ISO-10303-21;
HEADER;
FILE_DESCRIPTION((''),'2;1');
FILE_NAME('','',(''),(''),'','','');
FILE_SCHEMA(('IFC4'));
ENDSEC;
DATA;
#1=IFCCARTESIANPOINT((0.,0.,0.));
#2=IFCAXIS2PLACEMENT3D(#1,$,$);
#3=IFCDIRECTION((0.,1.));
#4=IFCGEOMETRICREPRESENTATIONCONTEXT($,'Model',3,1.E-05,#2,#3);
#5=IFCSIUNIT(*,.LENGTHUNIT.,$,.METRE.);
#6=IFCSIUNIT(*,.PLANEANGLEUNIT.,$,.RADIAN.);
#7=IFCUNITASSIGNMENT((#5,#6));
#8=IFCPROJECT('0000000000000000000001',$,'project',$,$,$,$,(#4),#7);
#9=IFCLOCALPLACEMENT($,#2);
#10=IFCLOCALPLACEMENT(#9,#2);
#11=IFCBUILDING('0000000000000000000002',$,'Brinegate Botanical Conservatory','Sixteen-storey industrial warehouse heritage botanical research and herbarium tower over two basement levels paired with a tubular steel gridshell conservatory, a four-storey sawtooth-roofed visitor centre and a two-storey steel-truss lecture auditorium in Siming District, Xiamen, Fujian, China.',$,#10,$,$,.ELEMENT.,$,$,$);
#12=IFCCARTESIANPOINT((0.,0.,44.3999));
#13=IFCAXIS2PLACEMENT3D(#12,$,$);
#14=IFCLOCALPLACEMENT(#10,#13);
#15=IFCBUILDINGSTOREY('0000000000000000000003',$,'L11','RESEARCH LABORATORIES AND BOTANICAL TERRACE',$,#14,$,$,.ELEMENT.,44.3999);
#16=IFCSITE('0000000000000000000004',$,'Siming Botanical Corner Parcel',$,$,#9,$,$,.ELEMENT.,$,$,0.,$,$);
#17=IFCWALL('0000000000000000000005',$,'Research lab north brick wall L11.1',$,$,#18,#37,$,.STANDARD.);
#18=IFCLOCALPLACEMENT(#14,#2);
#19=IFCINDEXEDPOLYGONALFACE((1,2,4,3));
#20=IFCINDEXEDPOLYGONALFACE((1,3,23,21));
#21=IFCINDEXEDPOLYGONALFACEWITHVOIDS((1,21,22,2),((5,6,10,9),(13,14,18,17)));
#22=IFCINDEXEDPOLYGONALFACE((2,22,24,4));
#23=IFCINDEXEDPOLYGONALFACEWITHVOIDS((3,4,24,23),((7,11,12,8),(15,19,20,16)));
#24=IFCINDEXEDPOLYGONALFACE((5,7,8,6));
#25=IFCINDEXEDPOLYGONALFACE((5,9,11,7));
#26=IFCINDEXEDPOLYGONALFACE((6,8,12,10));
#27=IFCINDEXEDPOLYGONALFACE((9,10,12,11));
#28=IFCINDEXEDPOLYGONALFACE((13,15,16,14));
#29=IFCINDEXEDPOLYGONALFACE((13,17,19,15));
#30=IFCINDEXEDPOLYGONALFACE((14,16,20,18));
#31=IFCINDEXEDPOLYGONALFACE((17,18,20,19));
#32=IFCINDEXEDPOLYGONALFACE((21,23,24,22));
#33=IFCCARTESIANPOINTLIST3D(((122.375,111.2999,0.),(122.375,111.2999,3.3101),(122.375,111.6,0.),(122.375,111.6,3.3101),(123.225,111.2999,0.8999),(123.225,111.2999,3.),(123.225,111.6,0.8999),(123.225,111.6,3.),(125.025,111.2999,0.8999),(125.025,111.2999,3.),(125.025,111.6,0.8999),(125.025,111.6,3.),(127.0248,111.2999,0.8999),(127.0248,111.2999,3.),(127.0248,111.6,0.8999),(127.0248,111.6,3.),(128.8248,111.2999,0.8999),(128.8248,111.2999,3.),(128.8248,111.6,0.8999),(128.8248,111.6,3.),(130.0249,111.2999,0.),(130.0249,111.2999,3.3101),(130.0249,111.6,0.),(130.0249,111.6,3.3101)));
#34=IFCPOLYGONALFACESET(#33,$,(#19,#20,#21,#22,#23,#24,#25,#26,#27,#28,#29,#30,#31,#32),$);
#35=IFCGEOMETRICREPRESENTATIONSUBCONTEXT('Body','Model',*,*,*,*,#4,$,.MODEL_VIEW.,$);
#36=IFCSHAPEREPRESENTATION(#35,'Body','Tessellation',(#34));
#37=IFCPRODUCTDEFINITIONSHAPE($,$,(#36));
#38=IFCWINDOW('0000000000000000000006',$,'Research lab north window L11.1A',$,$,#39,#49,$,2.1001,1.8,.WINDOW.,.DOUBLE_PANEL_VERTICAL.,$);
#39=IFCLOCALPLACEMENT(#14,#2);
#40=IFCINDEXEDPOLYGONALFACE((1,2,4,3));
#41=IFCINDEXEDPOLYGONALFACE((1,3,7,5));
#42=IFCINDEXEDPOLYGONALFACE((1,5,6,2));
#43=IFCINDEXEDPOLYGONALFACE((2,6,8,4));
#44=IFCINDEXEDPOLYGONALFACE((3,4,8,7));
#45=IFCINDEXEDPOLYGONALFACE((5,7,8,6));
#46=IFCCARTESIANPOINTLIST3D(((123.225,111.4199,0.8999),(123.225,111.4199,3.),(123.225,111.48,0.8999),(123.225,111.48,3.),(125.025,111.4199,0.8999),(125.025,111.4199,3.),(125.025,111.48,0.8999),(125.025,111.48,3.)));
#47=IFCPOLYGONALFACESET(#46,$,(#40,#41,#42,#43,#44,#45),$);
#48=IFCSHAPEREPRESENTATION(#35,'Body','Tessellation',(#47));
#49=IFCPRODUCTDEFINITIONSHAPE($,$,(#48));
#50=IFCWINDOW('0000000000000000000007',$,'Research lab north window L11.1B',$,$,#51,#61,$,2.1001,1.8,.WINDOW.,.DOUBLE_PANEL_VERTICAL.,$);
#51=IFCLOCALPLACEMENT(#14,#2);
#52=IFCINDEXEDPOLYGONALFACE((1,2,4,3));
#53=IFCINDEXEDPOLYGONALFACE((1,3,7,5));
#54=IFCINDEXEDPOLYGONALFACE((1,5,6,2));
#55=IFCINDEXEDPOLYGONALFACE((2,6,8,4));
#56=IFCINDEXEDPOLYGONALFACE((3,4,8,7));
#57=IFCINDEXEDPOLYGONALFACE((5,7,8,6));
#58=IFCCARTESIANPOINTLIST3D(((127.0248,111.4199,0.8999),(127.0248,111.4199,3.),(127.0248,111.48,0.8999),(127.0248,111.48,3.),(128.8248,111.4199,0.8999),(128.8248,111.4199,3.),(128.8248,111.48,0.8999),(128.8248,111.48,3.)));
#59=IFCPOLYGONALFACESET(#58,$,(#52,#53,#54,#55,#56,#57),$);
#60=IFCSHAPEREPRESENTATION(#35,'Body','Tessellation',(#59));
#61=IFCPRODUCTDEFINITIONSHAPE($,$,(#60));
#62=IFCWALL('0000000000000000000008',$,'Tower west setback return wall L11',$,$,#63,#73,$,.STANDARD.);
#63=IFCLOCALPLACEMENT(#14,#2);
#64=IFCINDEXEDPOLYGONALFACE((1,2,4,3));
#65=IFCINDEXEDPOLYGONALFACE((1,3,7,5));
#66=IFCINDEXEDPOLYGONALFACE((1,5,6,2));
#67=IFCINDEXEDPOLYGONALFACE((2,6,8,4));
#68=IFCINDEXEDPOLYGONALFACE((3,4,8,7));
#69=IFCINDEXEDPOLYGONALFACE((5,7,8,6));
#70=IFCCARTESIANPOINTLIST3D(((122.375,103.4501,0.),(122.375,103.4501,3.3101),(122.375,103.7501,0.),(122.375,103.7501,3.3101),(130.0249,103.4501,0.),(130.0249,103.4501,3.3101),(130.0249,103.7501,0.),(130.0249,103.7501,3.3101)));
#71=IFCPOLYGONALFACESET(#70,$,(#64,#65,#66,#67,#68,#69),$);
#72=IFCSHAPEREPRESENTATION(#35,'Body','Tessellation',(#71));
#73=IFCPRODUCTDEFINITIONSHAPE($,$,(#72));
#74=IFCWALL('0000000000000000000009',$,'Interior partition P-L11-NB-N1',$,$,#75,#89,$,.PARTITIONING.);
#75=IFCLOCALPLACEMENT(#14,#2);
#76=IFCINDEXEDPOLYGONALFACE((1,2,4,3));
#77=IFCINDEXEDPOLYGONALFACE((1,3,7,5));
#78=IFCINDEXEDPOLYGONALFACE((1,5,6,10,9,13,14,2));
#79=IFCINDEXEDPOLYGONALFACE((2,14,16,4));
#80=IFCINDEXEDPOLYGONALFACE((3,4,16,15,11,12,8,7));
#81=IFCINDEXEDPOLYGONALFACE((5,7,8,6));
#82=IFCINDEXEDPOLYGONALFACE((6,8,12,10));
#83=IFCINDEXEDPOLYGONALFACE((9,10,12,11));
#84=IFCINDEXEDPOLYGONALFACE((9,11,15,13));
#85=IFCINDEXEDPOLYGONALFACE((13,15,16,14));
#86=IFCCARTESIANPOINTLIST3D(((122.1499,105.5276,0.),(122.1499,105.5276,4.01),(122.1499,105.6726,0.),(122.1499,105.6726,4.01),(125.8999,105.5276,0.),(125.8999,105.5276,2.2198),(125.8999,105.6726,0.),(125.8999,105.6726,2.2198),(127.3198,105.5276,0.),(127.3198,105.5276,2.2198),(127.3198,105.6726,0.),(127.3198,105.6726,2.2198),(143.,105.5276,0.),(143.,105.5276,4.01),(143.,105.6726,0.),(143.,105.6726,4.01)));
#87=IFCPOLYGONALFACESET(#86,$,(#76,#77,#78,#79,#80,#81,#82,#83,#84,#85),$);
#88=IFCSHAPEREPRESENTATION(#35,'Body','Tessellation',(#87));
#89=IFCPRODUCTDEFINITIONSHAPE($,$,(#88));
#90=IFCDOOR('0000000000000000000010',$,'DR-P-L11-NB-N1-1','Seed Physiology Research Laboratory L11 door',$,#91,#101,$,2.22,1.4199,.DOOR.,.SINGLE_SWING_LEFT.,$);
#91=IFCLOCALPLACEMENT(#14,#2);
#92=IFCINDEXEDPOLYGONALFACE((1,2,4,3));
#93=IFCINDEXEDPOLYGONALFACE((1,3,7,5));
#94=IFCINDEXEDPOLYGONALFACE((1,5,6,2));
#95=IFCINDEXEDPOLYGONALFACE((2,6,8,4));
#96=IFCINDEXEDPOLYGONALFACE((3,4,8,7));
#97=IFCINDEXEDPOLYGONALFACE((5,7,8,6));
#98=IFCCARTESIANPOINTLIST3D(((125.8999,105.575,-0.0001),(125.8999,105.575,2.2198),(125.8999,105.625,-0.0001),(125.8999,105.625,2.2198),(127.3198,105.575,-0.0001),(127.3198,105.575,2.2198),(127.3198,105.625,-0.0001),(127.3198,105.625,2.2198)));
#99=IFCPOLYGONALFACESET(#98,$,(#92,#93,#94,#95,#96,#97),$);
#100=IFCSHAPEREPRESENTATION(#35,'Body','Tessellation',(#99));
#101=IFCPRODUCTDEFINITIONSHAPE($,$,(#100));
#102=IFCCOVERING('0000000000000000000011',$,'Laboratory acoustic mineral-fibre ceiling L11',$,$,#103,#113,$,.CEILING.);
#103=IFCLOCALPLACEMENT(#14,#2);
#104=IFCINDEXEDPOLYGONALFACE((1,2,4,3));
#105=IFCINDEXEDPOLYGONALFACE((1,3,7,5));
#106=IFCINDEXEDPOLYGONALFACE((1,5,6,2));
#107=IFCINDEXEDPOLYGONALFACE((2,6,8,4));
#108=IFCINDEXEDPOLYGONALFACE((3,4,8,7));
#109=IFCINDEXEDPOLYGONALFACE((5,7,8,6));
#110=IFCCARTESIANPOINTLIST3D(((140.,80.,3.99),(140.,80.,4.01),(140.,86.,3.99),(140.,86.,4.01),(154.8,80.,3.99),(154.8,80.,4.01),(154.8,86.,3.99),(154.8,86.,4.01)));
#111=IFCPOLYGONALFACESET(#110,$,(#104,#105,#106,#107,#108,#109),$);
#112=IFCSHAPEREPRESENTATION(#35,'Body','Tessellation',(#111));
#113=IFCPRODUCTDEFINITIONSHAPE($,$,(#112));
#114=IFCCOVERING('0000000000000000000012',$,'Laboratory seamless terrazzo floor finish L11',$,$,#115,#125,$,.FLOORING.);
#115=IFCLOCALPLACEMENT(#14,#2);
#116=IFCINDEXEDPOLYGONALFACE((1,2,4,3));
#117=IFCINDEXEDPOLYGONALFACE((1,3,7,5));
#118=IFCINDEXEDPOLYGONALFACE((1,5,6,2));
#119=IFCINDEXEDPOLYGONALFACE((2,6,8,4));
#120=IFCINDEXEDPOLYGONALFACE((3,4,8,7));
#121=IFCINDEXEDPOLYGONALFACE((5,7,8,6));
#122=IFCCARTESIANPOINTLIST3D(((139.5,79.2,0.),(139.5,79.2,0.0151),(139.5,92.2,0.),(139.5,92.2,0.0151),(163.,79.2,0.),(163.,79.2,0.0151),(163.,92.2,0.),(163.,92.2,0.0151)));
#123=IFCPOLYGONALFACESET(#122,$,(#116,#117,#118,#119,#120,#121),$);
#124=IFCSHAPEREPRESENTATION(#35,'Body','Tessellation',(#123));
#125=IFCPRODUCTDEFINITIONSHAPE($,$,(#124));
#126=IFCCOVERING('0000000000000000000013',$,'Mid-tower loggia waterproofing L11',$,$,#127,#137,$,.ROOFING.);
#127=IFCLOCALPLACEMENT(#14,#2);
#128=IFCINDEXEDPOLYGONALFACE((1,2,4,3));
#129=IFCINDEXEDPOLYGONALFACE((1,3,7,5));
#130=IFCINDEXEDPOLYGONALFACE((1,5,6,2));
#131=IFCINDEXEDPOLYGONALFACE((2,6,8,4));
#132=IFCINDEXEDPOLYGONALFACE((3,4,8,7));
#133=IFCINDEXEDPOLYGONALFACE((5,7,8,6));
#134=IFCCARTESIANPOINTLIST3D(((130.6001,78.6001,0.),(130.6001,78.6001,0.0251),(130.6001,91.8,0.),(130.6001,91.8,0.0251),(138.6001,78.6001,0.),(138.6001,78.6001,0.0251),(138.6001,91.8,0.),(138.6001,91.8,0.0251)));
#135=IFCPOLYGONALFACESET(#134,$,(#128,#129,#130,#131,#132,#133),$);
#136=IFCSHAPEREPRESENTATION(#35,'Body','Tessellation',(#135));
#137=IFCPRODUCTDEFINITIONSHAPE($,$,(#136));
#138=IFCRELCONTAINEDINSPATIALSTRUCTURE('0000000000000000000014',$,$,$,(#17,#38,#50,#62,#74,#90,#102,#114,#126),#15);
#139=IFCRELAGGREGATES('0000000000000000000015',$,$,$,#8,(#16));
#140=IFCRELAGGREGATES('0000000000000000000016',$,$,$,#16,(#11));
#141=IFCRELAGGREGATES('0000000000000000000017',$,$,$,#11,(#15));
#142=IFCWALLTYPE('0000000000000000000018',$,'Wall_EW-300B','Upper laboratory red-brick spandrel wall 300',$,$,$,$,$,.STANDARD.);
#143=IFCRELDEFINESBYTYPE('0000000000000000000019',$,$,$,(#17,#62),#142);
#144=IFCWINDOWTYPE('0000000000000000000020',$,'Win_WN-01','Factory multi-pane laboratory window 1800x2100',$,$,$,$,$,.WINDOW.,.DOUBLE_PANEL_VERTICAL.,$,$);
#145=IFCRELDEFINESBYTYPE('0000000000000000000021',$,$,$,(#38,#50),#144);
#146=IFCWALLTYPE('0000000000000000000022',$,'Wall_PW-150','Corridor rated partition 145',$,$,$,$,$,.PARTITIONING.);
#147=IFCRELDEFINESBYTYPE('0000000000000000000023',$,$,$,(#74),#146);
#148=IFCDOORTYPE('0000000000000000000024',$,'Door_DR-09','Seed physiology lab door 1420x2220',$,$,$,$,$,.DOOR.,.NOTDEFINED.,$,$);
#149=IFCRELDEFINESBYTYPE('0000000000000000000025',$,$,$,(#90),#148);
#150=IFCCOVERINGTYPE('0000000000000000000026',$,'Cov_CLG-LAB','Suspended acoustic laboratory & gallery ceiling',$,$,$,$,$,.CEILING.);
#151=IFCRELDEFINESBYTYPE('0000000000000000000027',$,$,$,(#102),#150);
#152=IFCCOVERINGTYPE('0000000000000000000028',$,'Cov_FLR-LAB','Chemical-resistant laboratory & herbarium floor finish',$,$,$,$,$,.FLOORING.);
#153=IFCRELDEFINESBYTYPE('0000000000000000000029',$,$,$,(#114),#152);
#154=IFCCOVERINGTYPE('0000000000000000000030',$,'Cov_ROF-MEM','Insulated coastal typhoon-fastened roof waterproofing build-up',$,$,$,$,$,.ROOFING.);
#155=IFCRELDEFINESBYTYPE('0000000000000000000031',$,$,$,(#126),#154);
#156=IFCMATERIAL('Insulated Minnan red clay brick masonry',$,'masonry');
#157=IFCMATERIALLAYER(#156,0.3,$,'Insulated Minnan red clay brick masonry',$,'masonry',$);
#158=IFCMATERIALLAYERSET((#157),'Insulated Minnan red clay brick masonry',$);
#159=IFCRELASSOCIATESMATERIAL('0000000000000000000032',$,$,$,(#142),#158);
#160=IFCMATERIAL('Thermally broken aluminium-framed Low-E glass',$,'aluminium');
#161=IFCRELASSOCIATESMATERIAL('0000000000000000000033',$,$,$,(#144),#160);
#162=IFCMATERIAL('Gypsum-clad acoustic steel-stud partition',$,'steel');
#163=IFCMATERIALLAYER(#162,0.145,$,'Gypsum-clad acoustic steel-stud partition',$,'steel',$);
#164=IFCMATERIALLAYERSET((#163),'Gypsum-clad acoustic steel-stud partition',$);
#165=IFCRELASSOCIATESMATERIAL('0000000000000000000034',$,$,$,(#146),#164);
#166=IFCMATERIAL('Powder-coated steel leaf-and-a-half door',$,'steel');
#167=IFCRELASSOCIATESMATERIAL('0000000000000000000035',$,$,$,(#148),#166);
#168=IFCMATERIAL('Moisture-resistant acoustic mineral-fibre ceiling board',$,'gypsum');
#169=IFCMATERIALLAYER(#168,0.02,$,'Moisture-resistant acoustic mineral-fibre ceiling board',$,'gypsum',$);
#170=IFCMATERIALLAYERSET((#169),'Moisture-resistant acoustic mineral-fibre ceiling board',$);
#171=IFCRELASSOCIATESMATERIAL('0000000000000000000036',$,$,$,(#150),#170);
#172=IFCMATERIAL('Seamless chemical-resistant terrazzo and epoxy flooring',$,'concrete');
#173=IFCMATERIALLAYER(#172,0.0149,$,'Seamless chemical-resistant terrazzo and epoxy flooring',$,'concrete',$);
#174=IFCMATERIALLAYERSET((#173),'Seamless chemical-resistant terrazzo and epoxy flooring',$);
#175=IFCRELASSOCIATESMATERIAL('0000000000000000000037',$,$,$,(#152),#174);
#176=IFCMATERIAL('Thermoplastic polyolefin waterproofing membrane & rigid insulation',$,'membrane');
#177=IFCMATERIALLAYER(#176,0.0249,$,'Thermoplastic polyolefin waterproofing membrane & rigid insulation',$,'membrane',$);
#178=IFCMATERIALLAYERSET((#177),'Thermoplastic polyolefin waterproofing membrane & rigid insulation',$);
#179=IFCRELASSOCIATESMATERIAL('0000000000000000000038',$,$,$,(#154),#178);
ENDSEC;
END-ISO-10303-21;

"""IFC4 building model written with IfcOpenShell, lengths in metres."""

from ifc_helpers import new_model, si_unit, direction, frame, frame_2d, origin, place, context, subcontext, project, spatial, polyline, rectangle, outline, extrude, material, layer, layer_set, type_object, element, fill, save


model = new_model("IFC4")

# Units and contexts
model_context = context("Model", 3, precision=1e-05, world=origin(), true_north=direction((0.0, 1.0)))
body_context = subcontext(model_context, "Body", "Model", "MODEL_VIEW")
ifc_project = project(units=[si_unit("LENGTHUNIT", "METRE"), si_unit("PLANEANGLEUNIT", "RADIAN")], contexts=[model_context])

# Site, building, storey
site_placement = place(None, origin())
site = spatial("IfcSite", under=ifc_project, at=site_placement, Name="Siming Botanical Corner Parcel", CompositionType="ELEMENT", RefElevation=0.0)
building_placement = place(site_placement, origin())
building = spatial("IfcBuilding", under=site, at=building_placement, Name="Brinegate Botanical Conservatory", Description="Sixteen-storey industrial warehouse heritage botanical research and herbarium tower over two basement levels paired with a tubular steel gridshell conservatory, a four-storey sawtooth-roofed visitor centre and a two-storey steel-truss lecture auditorium in Siming District, Xiamen, Fujian, China.", CompositionType="ELEMENT")
storey_placement = place(building_placement, frame((0.0, 0.0, 44.3999)))
storey = spatial("IfcBuildingStorey", under=building, at=storey_placement, Name="L11", Description="RESEARCH LABORATORIES AND BOTANICAL TERRACE", CompositionType="ELEMENT", Elevation=44.3999)

# Wall, openings, windows
ifc_material_1 = material(Name="Insulated Minnan red clay brick masonry", Category="masonry")
ifc_layer_1 = layer(ifc_material_1, 0.3, Name="Insulated Minnan red clay brick masonry", Category="masonry")
ifc_layer_set_1 = layer_set([ifc_layer_1], Name="Insulated Minnan red clay brick masonry")
wall_type_1 = type_object("IfcWallType", Name="Wall_EW-300B", Description="Upper laboratory red-brick spandrel wall 300", PredefinedType="STANDARD", material=ifc_layer_set_1)
wall_1_placement = place(storey_placement, frame((122.375, 111.45, 0.0), z_axis=(0.0, 0.0, 1.0), x_axis=(1.0, 0.0, 0.0)))
wall_1 = element("IfcWall", 1, at=wall_1_placement, inside=storey, type_object=wall_type_1, Name="Research lab north brick wall L11.1", PredefinedType="STANDARD", context=body_context, shape_type="SweptSolid", body=[
    extrude(rectangle(XDim=7.6499, YDim=0.3, at=frame_2d((3.825, 0.0))), origin(), (0.0, 0.0, 1.0), 3.3101),
])
opening_1_placement = place(wall_1_placement, frame((0.8501, 0.0, 0.8999)))
opening_1 = element("IfcOpeningElement", 2, at=opening_1_placement, cuts=wall_1, PredefinedType="OPENING", context=body_context, shape_type="SweptSolid", body=[
    extrude(rectangle(XDim=1.8, YDim=2.1001, at=frame_2d((0.8999, 1.05))), frame((0.0, 0.1599, 0.0), z_axis=(0.0, -1.0, 0.0), x_axis=(1.0, 0.0, 0.0)), (0.0, 0.0, 1.0), 0.3201),
])
opening_2_placement = place(wall_1_placement, frame((4.6499, 0.0, 0.8999)))
opening_2 = element("IfcOpeningElement", 3, at=opening_2_placement, cuts=wall_1, PredefinedType="OPENING", context=body_context, shape_type="SweptSolid", body=[
    extrude(rectangle(XDim=1.8, YDim=2.1001, at=frame_2d((0.8999, 1.05))), frame((0.0, 0.1599, 0.0), z_axis=(0.0, -1.0, 0.0), x_axis=(1.0, 0.0, 0.0)), (0.0, 0.0, 1.0), 0.3201),
])
ifc_material_2 = material(Name="Thermally broken aluminium-framed Low-E glass", Category="aluminium")
window_type = type_object("IfcWindowType", Name="Win_WN-01", Description="Factory multi-pane laboratory window 1800x2100", PartitioningType="DOUBLE_PANEL_VERTICAL", PredefinedType="WINDOW", material=ifc_material_2)
window_1_placement = place(opening_1_placement, origin())
window_1 = element("IfcWindow", 4, at=window_1_placement, inside=storey, type_object=window_type, Name="Research lab north window L11.1A", OverallHeight=2.1001, OverallWidth=1.8, PartitioningType="DOUBLE_PANEL_VERTICAL", PredefinedType="WINDOW", context=body_context, shape_type="SweptSolid", body=[
    extrude(rectangle(XDim=1.8, YDim=2.1001, at=frame_2d((0.8999, 1.05))), frame((0.0, 0.03, 0.0), z_axis=(0.0, -1.0, 0.0), x_axis=(1.0, 0.0, 0.0)), (0.0, 0.0, 1.0), 0.0601),
])
fill(opening_1, window_1)
window_2_placement = place(opening_2_placement, origin())
window_2 = element("IfcWindow", 5, at=window_2_placement, inside=storey, type_object=window_type, Name="Research lab north window L11.1B", OverallHeight=2.1001, OverallWidth=1.8, PartitioningType="DOUBLE_PANEL_VERTICAL", PredefinedType="WINDOW", context=body_context, shape_type="SweptSolid", body=[
    extrude(rectangle(XDim=1.8, YDim=2.1001, at=frame_2d((0.8999, 1.05))), frame((0.0, 0.03, 0.0), z_axis=(0.0, -1.0, 0.0), x_axis=(1.0, 0.0, 0.0)), (0.0, 0.0, 1.0), 0.0601),
])
fill(opening_2, window_2)

# Wall
wall_2_placement = place(storey_placement, frame((130.0249, 103.6001, 0.0), z_axis=(0.0, 0.0, 1.0), x_axis=(-1.0, 0.0, 0.0)))
element("IfcWall", 6, at=wall_2_placement, inside=storey, type_object=wall_type_1, Name="Tower west setback return wall L11", PredefinedType="STANDARD", context=body_context, shape_type="SweptSolid", body=[
    extrude(rectangle(XDim=7.6499, YDim=0.3, at=frame_2d((3.825, 0.0))), origin(), (0.0, 0.0, 1.0), 3.3101),
])

# Wall, opening, door
ifc_material_3 = material(Name="Gypsum-clad acoustic steel-stud partition", Category="steel")
ifc_layer_2 = layer(ifc_material_3, 0.145, Name="Gypsum-clad acoustic steel-stud partition", Category="steel")
ifc_layer_set_2 = layer_set([ifc_layer_2], Name="Gypsum-clad acoustic steel-stud partition")
wall_type_2 = type_object("IfcWallType", Name="Wall_PW-150", Description="Corridor rated partition 145", PredefinedType="PARTITIONING", material=ifc_layer_set_2)
wall_3_placement = place(storey_placement, frame((122.1499, 105.6001, 0.0), z_axis=(0.0, 0.0, 1.0), x_axis=(1.0, 0.0, 0.0)))
wall_3 = element("IfcWall", 7, at=wall_3_placement, inside=storey, type_object=wall_type_2, Name="Interior partition P-L11-NB-N1", PredefinedType="PARTITIONING", context=body_context, shape_type="SweptSolid", body=[
    extrude(rectangle(XDim=20.8501, YDim=0.145, at=frame_2d((10.425, 0.0))), origin(), (0.0, 0.0, 1.0), 4.01),
])
opening_3_placement = place(wall_3_placement, frame((3.75, 0.0, 0.0)))
opening_3 = element("IfcOpeningElement", 8, at=opening_3_placement, cuts=wall_3, PredefinedType="OPENING", context=body_context, shape_type="SweptSolid", body=[
    extrude(rectangle(XDim=1.4199, YDim=2.22, at=frame_2d((0.71, 1.1099))), frame((0.0, 0.0825, 0.0), z_axis=(0.0, -1.0, 0.0), x_axis=(1.0, 0.0, 0.0)), (0.0, 0.0, 1.0), 0.165),
])
ifc_material_4 = material(Name="Powder-coated steel leaf-and-a-half door", Category="steel")
door_type = type_object("IfcDoorType", Name="Door_DR-09", Description="Seed physiology lab door 1420x2220", OperationType="NOTDEFINED", PredefinedType="DOOR", material=ifc_material_4)
door_placement = place(opening_3_placement, origin())
door = element("IfcDoor", 9, at=door_placement, inside=storey, type_object=door_type, Name="DR-P-L11-NB-N1-1", Description="Seed Physiology Research Laboratory L11 door", OperationType="SINGLE_SWING_LEFT", OverallHeight=2.22, OverallWidth=1.4199, PredefinedType="DOOR", context=body_context, shape_type="SweptSolid", body=[
    extrude(rectangle(XDim=1.4199, YDim=2.22, at=frame_2d((0.71, 1.1099))), frame((0.0, 0.0249, 0.0), z_axis=(0.0, -1.0, 0.0), x_axis=(1.0, 0.0, 0.0)), (0.0, 0.0, 1.0), 0.05),
])
fill(opening_3, door)

# Coverings
ifc_material_5 = material(Name="Moisture-resistant acoustic mineral-fibre ceiling board", Category="gypsum")
ifc_layer_3 = layer(ifc_material_5, 0.02, Name="Moisture-resistant acoustic mineral-fibre ceiling board", Category="gypsum")
ifc_layer_set_3 = layer_set([ifc_layer_3], Name="Moisture-resistant acoustic mineral-fibre ceiling board")
covering_type_1 = type_object("IfcCoveringType", Name="Cov_CLG-LAB", Description="Suspended acoustic laboratory & gallery ceiling", PredefinedType="CEILING", material=ifc_layer_set_3)
covering_1_placement = place(storey_placement, frame((0.0, 0.0, 3.99)))
element("IfcCovering", 10, at=covering_1_placement, inside=storey, type_object=covering_type_1, Name="Laboratory acoustic mineral-fibre ceiling L11", PredefinedType="CEILING", context=body_context, shape_type="SweptSolid", body=[
    extrude(outline(polyline([(140.0, 80.0), (154.8, 80.0), (154.8, 86.0), (140.0, 86.0), (140.0, 80.0)])), origin(), (0.0, 0.0, 1.0), 0.02),
])
ifc_material_6 = material(Name="Seamless chemical-resistant terrazzo and epoxy flooring", Category="concrete")
ifc_layer_4 = layer(ifc_material_6, 0.0149, Name="Seamless chemical-resistant terrazzo and epoxy flooring", Category="concrete")
ifc_layer_set_4 = layer_set([ifc_layer_4], Name="Seamless chemical-resistant terrazzo and epoxy flooring")
covering_type_2 = type_object("IfcCoveringType", Name="Cov_FLR-LAB", Description="Chemical-resistant laboratory & herbarium floor finish", PredefinedType="FLOORING", material=ifc_layer_set_4)
covering_2_placement = place(storey_placement, origin())
element("IfcCovering", 11, at=covering_2_placement, inside=storey, type_object=covering_type_2, Name="Laboratory seamless terrazzo floor finish L11", PredefinedType="FLOORING", context=body_context, shape_type="SweptSolid", body=[
    extrude(outline(polyline([(139.5, 79.2), (163.0, 79.2), (163.0, 92.2), (139.5, 92.2), (139.5, 79.2)])), origin(), (0.0, 0.0, 1.0), 0.0151),
])
ifc_material_7 = material(Name="Thermoplastic polyolefin waterproofing membrane & rigid insulation", Category="membrane")
ifc_layer_5 = layer(ifc_material_7, 0.0249, Name="Thermoplastic polyolefin waterproofing membrane & rigid insulation", Category="membrane")
ifc_layer_set_5 = layer_set([ifc_layer_5], Name="Thermoplastic polyolefin waterproofing membrane & rigid insulation")
covering_type_3 = type_object("IfcCoveringType", Name="Cov_ROF-MEM", Description="Insulated coastal typhoon-fastened roof waterproofing build-up", PredefinedType="ROOFING", material=ifc_layer_set_5)
covering_3_placement = place(storey_placement, origin())
element("IfcCovering", 12, at=covering_3_placement, inside=storey, type_object=covering_type_3, Name="Mid-tower loggia waterproofing L11", PredefinedType="ROOFING", context=body_context, shape_type="SweptSolid", body=[
    extrude(outline(polyline([(130.6001, 78.6001), (138.6001, 78.6001), (138.6001, 91.8), (130.6001, 91.8), (130.6001, 78.6001)])), origin(), (0.0, 0.0, 1.0), 0.0251),
])

save(model, "model.ifc")
